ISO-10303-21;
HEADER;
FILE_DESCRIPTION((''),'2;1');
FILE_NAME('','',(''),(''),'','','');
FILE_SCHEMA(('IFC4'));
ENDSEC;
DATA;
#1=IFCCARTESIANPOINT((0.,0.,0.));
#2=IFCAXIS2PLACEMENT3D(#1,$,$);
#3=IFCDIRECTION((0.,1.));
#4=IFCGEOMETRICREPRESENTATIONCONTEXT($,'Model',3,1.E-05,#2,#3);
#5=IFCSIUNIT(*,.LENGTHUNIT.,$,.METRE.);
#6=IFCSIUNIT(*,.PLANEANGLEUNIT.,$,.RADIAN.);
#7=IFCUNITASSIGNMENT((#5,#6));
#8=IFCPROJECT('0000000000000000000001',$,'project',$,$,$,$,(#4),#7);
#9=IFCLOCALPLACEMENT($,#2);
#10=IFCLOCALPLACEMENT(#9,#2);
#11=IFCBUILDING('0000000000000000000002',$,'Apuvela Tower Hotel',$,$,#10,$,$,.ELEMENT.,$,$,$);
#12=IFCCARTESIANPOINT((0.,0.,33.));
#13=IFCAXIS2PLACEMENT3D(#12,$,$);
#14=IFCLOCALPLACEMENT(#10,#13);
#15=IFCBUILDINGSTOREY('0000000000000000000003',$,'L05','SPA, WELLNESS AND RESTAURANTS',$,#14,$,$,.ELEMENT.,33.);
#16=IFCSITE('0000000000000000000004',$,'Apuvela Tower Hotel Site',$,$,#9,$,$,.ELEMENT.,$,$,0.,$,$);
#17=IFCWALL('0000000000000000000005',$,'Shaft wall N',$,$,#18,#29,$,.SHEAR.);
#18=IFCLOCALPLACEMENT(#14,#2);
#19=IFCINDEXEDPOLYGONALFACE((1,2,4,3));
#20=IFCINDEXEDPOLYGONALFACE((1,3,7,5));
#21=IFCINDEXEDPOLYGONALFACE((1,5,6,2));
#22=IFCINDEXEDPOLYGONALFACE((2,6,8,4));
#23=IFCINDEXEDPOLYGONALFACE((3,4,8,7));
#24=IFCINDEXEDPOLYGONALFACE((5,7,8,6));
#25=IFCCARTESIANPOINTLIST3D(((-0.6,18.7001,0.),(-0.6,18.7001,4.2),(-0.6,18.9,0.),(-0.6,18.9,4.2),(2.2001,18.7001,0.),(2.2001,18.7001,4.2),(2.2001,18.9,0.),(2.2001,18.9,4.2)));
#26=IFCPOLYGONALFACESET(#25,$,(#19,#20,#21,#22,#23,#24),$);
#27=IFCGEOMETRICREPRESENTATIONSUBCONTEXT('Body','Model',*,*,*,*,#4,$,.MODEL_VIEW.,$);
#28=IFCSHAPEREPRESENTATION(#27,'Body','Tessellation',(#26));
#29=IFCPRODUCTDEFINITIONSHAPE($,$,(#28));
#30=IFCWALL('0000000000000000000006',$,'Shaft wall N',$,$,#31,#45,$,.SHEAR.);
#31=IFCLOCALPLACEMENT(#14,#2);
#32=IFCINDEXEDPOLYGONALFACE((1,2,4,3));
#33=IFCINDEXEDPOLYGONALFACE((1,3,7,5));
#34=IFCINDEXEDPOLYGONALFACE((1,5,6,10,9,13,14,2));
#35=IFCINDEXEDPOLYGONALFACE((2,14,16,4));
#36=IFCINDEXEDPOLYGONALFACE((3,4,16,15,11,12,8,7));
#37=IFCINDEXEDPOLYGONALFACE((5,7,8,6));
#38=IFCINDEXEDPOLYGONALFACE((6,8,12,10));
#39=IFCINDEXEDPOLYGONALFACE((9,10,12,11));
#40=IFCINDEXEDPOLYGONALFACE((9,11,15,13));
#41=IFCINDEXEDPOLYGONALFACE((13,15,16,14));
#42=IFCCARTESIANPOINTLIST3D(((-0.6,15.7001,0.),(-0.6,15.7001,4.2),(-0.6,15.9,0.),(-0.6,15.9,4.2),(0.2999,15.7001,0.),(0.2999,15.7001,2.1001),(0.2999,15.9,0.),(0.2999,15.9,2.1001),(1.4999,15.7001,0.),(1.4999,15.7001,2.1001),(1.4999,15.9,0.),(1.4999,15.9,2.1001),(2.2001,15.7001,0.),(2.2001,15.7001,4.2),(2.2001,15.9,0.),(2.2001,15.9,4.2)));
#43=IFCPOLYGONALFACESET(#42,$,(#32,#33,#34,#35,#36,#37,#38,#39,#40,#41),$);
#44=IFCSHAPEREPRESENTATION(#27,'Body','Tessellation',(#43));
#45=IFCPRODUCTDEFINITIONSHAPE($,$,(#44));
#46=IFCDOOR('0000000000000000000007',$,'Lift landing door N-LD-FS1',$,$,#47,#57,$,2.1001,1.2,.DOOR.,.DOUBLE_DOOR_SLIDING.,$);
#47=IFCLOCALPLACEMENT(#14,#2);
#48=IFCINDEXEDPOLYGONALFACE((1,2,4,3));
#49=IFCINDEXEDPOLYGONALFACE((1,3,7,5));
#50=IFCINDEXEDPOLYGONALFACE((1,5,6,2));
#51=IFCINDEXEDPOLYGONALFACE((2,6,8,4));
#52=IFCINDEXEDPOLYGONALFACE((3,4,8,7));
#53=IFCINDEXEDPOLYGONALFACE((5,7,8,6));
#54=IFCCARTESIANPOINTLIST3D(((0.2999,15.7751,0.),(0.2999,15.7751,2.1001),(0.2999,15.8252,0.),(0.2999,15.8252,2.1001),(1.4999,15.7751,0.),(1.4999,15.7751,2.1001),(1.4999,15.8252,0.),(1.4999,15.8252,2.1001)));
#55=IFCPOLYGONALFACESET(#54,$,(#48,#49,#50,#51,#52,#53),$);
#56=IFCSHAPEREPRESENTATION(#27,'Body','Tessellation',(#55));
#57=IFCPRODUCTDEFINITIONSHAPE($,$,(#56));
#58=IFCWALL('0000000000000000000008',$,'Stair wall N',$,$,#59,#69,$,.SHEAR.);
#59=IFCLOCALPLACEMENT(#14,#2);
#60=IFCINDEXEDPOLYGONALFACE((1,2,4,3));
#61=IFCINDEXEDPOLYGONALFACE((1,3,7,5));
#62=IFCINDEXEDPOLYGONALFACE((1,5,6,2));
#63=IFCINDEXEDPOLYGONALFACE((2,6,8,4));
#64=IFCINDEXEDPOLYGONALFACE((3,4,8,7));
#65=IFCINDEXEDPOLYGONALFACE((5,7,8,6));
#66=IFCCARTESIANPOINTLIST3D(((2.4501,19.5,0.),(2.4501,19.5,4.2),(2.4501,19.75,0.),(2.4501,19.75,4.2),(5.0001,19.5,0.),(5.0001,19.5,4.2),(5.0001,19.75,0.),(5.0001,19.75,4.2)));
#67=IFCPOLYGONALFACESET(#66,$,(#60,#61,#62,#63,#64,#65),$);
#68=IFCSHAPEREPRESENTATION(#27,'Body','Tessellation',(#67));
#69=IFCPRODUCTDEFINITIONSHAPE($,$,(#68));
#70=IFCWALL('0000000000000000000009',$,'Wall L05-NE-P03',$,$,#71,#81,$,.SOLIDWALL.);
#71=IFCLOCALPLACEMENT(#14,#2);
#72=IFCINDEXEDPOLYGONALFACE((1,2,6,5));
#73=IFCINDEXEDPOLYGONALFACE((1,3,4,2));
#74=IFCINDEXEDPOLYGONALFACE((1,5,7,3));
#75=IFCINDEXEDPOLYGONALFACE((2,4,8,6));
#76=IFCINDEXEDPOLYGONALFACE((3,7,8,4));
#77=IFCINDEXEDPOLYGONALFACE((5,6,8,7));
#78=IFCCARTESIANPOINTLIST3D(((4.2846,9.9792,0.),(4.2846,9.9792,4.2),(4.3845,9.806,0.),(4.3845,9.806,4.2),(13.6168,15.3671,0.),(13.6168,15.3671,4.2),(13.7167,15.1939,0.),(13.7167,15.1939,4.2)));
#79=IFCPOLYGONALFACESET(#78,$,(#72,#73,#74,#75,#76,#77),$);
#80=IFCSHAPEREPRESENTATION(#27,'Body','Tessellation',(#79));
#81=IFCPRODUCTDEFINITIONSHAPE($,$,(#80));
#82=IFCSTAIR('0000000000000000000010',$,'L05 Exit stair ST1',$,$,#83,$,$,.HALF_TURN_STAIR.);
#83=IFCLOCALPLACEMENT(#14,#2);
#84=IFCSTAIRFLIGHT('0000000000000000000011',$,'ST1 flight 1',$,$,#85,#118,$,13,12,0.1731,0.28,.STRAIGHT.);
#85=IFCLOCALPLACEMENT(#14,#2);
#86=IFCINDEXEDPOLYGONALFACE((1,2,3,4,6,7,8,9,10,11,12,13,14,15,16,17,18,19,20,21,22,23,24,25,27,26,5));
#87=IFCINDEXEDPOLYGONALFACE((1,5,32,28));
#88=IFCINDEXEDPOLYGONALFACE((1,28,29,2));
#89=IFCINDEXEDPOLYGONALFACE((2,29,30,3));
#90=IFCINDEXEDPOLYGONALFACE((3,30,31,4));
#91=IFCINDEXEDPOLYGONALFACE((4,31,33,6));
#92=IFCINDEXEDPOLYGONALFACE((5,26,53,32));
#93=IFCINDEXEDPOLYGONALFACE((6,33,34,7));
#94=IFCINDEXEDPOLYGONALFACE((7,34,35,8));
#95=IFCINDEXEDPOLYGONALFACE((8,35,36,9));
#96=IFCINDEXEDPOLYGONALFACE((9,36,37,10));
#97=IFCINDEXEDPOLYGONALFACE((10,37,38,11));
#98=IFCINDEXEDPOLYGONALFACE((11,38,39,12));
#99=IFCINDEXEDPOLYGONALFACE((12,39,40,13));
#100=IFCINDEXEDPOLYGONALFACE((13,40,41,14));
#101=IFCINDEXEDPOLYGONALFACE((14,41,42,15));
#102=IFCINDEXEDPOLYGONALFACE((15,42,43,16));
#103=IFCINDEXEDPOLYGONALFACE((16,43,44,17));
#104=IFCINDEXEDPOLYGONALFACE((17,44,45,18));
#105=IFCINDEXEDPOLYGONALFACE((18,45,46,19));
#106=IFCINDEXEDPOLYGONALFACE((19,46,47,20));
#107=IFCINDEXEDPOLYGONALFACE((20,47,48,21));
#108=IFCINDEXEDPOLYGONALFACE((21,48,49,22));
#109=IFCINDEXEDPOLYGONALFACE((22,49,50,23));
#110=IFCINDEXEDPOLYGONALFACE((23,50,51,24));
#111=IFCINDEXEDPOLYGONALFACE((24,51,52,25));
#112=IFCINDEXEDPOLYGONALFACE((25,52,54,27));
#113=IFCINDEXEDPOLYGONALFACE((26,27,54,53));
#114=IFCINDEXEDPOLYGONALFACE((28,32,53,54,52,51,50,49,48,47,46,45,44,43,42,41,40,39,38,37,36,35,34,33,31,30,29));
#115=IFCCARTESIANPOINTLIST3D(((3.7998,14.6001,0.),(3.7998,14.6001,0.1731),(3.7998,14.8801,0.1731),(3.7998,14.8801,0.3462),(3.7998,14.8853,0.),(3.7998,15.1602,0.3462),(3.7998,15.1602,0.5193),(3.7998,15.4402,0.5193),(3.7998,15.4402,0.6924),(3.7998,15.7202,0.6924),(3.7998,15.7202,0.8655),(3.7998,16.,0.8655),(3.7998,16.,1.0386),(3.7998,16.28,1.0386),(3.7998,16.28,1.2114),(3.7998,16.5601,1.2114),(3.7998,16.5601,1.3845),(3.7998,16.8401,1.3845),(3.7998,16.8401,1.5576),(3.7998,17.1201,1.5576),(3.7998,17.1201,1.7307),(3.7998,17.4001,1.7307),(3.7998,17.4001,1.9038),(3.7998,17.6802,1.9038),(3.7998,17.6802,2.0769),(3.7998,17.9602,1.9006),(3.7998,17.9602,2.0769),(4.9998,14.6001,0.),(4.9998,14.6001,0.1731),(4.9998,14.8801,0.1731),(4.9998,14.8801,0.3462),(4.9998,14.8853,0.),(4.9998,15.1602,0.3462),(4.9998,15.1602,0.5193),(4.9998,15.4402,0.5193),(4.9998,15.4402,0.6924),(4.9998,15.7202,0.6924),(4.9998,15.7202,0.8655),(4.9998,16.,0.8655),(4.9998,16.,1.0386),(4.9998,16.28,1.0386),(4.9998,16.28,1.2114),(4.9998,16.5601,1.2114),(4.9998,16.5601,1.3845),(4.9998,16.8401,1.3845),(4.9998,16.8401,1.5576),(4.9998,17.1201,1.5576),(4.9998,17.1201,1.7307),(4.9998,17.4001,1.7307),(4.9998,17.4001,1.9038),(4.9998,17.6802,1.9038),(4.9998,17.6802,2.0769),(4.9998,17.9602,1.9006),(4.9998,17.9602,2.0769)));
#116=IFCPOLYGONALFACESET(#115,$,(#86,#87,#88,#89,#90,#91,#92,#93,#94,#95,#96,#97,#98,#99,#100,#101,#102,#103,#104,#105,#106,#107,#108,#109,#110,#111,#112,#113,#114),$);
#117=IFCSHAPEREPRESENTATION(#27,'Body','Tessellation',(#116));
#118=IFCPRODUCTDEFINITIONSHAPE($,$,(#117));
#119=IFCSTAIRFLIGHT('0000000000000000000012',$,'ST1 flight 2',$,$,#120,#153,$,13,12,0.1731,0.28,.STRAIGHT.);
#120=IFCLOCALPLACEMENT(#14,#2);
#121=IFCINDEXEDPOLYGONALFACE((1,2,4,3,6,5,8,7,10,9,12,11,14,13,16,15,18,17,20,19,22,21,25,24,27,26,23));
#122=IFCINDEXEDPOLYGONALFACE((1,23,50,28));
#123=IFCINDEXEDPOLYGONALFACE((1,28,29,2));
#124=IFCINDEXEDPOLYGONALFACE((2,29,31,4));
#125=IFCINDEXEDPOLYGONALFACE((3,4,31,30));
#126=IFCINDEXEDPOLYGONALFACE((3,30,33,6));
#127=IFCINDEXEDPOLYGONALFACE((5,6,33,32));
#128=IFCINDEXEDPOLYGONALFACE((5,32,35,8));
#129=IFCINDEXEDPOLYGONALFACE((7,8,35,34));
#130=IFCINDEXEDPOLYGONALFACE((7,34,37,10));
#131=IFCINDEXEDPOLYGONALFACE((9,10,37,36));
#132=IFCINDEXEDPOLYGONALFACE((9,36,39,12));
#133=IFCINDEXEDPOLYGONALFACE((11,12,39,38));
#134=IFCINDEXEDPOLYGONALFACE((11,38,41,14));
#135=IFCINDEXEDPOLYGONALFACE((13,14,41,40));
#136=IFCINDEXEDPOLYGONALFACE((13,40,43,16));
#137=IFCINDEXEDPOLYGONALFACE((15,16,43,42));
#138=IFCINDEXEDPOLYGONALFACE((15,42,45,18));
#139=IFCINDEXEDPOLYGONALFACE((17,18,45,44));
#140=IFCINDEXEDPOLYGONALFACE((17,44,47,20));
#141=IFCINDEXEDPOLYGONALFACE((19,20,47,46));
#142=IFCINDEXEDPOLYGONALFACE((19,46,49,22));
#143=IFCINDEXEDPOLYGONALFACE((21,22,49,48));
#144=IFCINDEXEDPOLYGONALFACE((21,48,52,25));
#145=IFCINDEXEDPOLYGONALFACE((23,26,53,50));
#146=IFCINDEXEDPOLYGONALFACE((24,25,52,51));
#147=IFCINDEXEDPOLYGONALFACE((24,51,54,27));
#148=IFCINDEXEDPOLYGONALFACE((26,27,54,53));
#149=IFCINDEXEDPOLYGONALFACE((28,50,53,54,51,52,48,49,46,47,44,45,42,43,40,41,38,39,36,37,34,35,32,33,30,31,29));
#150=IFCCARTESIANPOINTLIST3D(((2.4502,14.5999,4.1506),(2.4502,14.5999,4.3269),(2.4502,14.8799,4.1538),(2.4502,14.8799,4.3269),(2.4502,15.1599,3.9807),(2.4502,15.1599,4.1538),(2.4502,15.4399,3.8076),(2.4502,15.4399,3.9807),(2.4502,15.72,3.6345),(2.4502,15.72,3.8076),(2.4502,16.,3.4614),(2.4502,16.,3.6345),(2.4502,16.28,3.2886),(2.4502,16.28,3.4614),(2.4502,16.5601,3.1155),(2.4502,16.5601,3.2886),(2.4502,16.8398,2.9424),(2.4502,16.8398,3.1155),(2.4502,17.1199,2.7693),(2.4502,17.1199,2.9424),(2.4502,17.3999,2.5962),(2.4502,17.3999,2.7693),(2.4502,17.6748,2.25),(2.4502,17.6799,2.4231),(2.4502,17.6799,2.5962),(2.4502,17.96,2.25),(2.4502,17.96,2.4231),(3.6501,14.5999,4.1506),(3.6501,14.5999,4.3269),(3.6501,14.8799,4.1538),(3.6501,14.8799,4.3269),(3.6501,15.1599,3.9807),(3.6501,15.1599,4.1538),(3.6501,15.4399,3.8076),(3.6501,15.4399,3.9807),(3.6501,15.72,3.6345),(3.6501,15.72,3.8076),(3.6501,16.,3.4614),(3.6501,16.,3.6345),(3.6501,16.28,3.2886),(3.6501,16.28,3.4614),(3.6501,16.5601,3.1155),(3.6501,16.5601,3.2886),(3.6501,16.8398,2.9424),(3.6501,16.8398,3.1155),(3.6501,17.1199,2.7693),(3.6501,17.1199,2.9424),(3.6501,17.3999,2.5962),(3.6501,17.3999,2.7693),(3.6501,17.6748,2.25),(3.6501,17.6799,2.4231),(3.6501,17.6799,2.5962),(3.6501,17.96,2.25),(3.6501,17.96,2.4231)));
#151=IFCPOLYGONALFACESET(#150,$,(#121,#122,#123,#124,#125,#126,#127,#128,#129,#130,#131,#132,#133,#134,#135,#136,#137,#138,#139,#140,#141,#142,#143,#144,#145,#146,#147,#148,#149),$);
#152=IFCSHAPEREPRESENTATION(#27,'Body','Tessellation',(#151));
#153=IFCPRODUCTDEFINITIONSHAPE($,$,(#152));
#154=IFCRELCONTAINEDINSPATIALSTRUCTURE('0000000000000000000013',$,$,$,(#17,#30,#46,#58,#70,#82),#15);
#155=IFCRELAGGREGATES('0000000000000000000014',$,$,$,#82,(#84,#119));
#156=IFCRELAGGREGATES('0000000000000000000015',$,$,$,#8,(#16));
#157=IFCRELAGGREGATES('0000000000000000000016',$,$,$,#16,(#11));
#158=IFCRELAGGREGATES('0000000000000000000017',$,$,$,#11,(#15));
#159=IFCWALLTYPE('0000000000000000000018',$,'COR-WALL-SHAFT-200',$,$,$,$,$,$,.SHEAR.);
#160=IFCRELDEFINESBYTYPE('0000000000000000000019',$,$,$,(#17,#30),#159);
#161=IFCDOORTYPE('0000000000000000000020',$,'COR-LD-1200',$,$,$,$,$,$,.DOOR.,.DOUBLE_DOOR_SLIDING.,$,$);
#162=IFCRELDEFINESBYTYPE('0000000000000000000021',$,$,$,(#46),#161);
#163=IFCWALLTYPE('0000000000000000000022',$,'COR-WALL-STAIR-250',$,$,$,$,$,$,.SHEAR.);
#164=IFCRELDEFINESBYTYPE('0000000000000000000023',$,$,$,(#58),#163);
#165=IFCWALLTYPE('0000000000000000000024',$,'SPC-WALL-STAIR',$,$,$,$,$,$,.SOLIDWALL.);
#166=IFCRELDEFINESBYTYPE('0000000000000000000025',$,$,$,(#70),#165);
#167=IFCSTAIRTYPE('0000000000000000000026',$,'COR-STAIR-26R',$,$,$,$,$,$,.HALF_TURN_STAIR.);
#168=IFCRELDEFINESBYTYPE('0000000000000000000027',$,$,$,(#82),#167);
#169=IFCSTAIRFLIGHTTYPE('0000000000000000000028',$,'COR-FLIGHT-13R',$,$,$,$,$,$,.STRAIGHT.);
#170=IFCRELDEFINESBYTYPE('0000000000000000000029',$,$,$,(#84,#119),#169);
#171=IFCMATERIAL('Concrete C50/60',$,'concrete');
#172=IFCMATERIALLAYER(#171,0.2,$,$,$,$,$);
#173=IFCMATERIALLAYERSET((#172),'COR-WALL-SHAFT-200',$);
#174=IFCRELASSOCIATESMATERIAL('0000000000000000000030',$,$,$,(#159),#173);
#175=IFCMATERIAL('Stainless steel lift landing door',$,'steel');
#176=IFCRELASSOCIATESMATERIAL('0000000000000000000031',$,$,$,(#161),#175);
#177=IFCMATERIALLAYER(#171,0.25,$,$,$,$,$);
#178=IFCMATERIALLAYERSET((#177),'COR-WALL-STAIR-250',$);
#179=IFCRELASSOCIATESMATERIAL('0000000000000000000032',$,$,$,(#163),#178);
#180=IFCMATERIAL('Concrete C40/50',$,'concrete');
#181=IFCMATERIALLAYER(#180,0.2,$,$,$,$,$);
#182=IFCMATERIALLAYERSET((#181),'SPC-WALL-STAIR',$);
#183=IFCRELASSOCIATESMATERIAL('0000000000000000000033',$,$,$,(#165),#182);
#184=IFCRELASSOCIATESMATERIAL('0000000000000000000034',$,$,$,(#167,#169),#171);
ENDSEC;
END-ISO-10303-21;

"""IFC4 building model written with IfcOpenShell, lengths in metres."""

from ifc_helpers import new_model, si_unit, direction, frame, frame_2d, origin, place, context, subcontext, project, spatial, polyline, rectangle, outline, extrude, material, layer, layer_set, type_object, element, fill, aggregate, save


model = new_model("IFC4")

# Units and contexts
model_context = context("Model", 3, precision=1e-05, world=origin(), true_north=direction((0.0, 1.0)))
body_context = subcontext(model_context, "Body", "Model", "MODEL_VIEW")
ifc_project = project(units=[si_unit("LENGTHUNIT", "METRE"), si_unit("PLANEANGLEUNIT", "RADIAN")], contexts=[model_context])

# Site, building, storey
site_placement = place(None, origin())
site = spatial("IfcSite", under=ifc_project, at=site_placement, Name="Apuvela Tower Hotel Site", CompositionType="ELEMENT", RefElevation=0.0)
building_placement = place(site_placement, origin())
building = spatial("IfcBuilding", under=site, at=building_placement, Name="Apuvela Tower Hotel", CompositionType="ELEMENT")
storey_placement = place(building_placement, frame((0.0, 0.0, 33.0)))
storey = spatial("IfcBuildingStorey", under=building, at=storey_placement, Name="L05", Description="SPA, WELLNESS AND RESTAURANTS", CompositionType="ELEMENT", Elevation=33.0)

# Wall
ifc_material_1 = material(Name="Concrete C50/60", Category="concrete")
ifc_layer_1 = layer(ifc_material_1, 0.2)
ifc_layer_set_1 = layer_set([ifc_layer_1], Name="COR-WALL-SHAFT-200")
wall_type_1 = type_object("IfcWallType", Name="COR-WALL-SHAFT-200", PredefinedType="SHEAR", material=ifc_layer_set_1)
wall_1_placement = place(storey_placement, frame((2.2, 18.8, 0.0), z_axis=(0.0, 0.0, 1.0), x_axis=(-1.0, 0.0, 0.0)))
element("IfcWall", 1, at=wall_1_placement, inside=storey, type_object=wall_type_1, Name="Shaft wall N", PredefinedType="SHEAR", context=body_context, shape_type="SweptSolid", body=[
    extrude(rectangle(XDim=2.8, YDim=0.2, at=frame_2d((1.3999, 0.0))), origin(), (0.0, 0.0, 1.0), 4.2),
])

# Wall, opening, door
wall_2_placement = place(storey_placement, frame((2.2, 15.8, 0.0), z_axis=(0.0, 0.0, 1.0), x_axis=(-1.0, 0.0, 0.0)))
wall_2 = element("IfcWall", 2, at=wall_2_placement, inside=storey, type_object=wall_type_1, Name="Shaft wall N", PredefinedType="SHEAR", context=body_context, shape_type="SweptSolid", body=[
    extrude(rectangle(XDim=2.8, YDim=0.2, at=frame_2d((1.3999, 0.0))), origin(), (0.0, 0.0, 1.0), 4.2),
])
opening_placement = place(wall_2_placement, frame((0.7, 0.0, 0.0)))
opening = element("IfcOpeningElement", 3, at=opening_placement, cuts=wall_2, PredefinedType="OPENING", context=body_context, shape_type="SweptSolid", body=[
    extrude(rectangle(XDim=1.2, YDim=2.1001, at=frame_2d((0.6001, 1.05))), frame((0.0, 0.1099, 0.0), z_axis=(0.0, -1.0, 0.0), x_axis=(1.0, 0.0, 0.0)), (0.0, 0.0, 1.0), 0.22),
])
ifc_material_2 = material(Name="Stainless steel lift landing door", Category="steel")
door_type = type_object("IfcDoorType", Name="COR-LD-1200", OperationType="DOUBLE_DOOR_SLIDING", PredefinedType="DOOR", material=ifc_material_2)
door_placement = place(opening_placement, origin())
door = element("IfcDoor", 4, at=door_placement, inside=storey, type_object=door_type, Name="Lift landing door N-LD-FS1", OperationType="DOUBLE_DOOR_SLIDING", OverallHeight=2.1001, OverallWidth=1.2, PredefinedType="DOOR", context=body_context, shape_type="SweptSolid", body=[
    extrude(rectangle(XDim=1.2, YDim=2.1001, at=frame_2d((0.6001, 1.05))), frame((0.0, 0.0249, 0.0), z_axis=(0.0, -1.0, 0.0), x_axis=(1.0, 0.0, 0.0)), (0.0, 0.0, 1.0), 0.05),
])
fill(opening, door)

# Walls
ifc_layer_2 = layer(ifc_material_1, 0.25)
ifc_layer_set_2 = layer_set([ifc_layer_2], Name="COR-WALL-STAIR-250")
wall_type_2 = type_object("IfcWallType", Name="COR-WALL-STAIR-250", PredefinedType="SHEAR", material=ifc_layer_set_2)
wall_3_placement = place(storey_placement, frame((5.0, 19.625, 0.0), z_axis=(0.0, 0.0, 1.0), x_axis=(-1.0, 0.0, 0.0)))
element("IfcWall", 5, at=wall_3_placement, inside=storey, type_object=wall_type_2, Name="Stair wall N", PredefinedType="SHEAR", context=body_context, shape_type="SweptSolid", body=[
    extrude(rectangle(XDim=2.55, YDim=0.25, at=frame_2d((1.2749, 0.0))), origin(), (0.0, 0.0, 1.0), 4.2),
])
ifc_material_3 = material(Name="Concrete C40/50", Category="concrete")
ifc_layer_3 = layer(ifc_material_3, 0.2)
ifc_layer_set_3 = layer_set([ifc_layer_3], Name="SPC-WALL-STAIR")
wall_type_3 = type_object("IfcWallType", Name="SPC-WALL-STAIR", PredefinedType="SOLIDWALL", material=ifc_layer_set_3)
wall_4_placement = place(storey_placement, frame((13.6667, 15.2805, 0.0), z_axis=(0.0, 0.0, 1.0), x_axis=(-0.866028, -0.499996, 0.0)))
element("IfcWall", 6, at=wall_4_placement, inside=storey, type_object=wall_type_3, Name="Wall L05-NE-P03", PredefinedType="SOLIDWALL", context=body_context, shape_type="SweptSolid", body=[
    extrude(rectangle(XDim=10.7759, YDim=0.2, at=frame_2d((5.3879, 0.0))), origin(), (0.0, 0.0, 1.0), 4.2),
])

# Stair, stair flights
stair_type = type_object("IfcStairType", Name="COR-STAIR-26R", PredefinedType="HALF_TURN_STAIR", material=ifc_material_1)
stair_placement = place(storey_placement, origin())
stair = element("IfcStair", 7, at=stair_placement, inside=storey, type_object=stair_type, Name="L05 Exit stair ST1", PredefinedType="HALF_TURN_STAIR")
stair_flight_type = type_object("IfcStairFlightType", Name="COR-FLIGHT-13R", PredefinedType="STRAIGHT", material=ifc_material_1)
stair_flight_1_placement = place(storey_placement, frame((4.3999, 14.6001, 0.0), z_axis=(0.0, 0.0, 1.0), x_axis=(0.0, 1.0, 0.0)))
stair_flight_1 = element("IfcStairFlight", 8, at=stair_flight_1_placement, type_object=stair_flight_type, Name="ST1 flight 1", NumberOfRisers=13, NumberOfTreads=12, PredefinedType="STRAIGHT", RiserHeight=0.1731, TreadLength=0.28, context=body_context, shape_type="SweptSolid", body=[
    extrude(outline(polyline([(0.0, 0.0), (0.0, 0.1731), (0.28, 0.1731), (0.28, 0.3462), (0.5601, 0.3462), (0.5601, 0.5193), (0.8401, 0.5193), (0.8401, 0.6924), (1.1201, 0.6924), (1.1201, 0.8655), (1.3999, 0.8655), (1.3999, 1.0386), (1.6799, 1.0386), (1.6799, 1.2114), (1.96, 1.2114), (1.96, 1.3845), (2.24, 1.3845), (2.24, 1.5576), (2.52, 1.5576), (2.52, 1.7307), (2.8, 1.7307), (2.8, 1.9038), (3.0801, 1.9038), (3.0801, 2.0769), (3.3601, 2.0769), (3.3601, 2.25), (3.3601, 1.9006), (0.2852, 0.0), (0.0, 0.0)])), frame((0.0, 0.6001, 0.0), z_axis=(0.0, -1.0, 0.0), x_axis=(1.0, 0.0, 0.0)), (0.0, 0.0, 1.0), 1.2),
])
stair_flight_2_placement = place(storey_placement, frame((3.05, 17.96, 2.25), z_axis=(0.0, 0.0, 1.0), x_axis=(0.0, -1.0, 0.0)))
stair_flight_2 = element("IfcStairFlight", 9, at=stair_flight_2_placement, type_object=stair_flight_type, Name="ST1 flight 2", NumberOfRisers=13, NumberOfTreads=12, PredefinedType="STRAIGHT", RiserHeight=0.1731, TreadLength=0.28, context=body_context, shape_type="SweptSolid", body=[
    extrude(outline(polyline([(0.0, 0.0), (0.0, 0.1731), (0.28, 0.1731), (0.28, 0.3462), (0.5601, 0.3462), (0.5601, 0.5193), (0.8401, 0.5193), (0.8401, 0.6924), (1.1201, 0.6924), (1.1201, 0.8655), (1.3999, 0.8655), (1.3999, 1.0386), (1.6799, 1.0386), (1.6799, 1.2114), (1.96, 1.2114), (1.96, 1.3845), (2.24, 1.3845), (2.24, 1.5576), (2.52, 1.5576), (2.52, 1.7307), (2.8, 1.7307), (2.8, 1.9038), (3.0801, 1.9038), (3.0801, 2.0769), (3.3601, 2.0769), (3.3601, 2.25), (3.3601, 1.9006), (0.2852, 0.0), (0.0, 0.0)])), frame((0.0, 0.6001, 0.0), z_axis=(0.0, -1.0, 0.0), x_axis=(1.0, 0.0, 0.0)), (0.0, 0.0, 1.0), 1.2),
])
aggregate(stair, [stair_flight_1, stair_flight_2])

save(model, "model.ifc")
